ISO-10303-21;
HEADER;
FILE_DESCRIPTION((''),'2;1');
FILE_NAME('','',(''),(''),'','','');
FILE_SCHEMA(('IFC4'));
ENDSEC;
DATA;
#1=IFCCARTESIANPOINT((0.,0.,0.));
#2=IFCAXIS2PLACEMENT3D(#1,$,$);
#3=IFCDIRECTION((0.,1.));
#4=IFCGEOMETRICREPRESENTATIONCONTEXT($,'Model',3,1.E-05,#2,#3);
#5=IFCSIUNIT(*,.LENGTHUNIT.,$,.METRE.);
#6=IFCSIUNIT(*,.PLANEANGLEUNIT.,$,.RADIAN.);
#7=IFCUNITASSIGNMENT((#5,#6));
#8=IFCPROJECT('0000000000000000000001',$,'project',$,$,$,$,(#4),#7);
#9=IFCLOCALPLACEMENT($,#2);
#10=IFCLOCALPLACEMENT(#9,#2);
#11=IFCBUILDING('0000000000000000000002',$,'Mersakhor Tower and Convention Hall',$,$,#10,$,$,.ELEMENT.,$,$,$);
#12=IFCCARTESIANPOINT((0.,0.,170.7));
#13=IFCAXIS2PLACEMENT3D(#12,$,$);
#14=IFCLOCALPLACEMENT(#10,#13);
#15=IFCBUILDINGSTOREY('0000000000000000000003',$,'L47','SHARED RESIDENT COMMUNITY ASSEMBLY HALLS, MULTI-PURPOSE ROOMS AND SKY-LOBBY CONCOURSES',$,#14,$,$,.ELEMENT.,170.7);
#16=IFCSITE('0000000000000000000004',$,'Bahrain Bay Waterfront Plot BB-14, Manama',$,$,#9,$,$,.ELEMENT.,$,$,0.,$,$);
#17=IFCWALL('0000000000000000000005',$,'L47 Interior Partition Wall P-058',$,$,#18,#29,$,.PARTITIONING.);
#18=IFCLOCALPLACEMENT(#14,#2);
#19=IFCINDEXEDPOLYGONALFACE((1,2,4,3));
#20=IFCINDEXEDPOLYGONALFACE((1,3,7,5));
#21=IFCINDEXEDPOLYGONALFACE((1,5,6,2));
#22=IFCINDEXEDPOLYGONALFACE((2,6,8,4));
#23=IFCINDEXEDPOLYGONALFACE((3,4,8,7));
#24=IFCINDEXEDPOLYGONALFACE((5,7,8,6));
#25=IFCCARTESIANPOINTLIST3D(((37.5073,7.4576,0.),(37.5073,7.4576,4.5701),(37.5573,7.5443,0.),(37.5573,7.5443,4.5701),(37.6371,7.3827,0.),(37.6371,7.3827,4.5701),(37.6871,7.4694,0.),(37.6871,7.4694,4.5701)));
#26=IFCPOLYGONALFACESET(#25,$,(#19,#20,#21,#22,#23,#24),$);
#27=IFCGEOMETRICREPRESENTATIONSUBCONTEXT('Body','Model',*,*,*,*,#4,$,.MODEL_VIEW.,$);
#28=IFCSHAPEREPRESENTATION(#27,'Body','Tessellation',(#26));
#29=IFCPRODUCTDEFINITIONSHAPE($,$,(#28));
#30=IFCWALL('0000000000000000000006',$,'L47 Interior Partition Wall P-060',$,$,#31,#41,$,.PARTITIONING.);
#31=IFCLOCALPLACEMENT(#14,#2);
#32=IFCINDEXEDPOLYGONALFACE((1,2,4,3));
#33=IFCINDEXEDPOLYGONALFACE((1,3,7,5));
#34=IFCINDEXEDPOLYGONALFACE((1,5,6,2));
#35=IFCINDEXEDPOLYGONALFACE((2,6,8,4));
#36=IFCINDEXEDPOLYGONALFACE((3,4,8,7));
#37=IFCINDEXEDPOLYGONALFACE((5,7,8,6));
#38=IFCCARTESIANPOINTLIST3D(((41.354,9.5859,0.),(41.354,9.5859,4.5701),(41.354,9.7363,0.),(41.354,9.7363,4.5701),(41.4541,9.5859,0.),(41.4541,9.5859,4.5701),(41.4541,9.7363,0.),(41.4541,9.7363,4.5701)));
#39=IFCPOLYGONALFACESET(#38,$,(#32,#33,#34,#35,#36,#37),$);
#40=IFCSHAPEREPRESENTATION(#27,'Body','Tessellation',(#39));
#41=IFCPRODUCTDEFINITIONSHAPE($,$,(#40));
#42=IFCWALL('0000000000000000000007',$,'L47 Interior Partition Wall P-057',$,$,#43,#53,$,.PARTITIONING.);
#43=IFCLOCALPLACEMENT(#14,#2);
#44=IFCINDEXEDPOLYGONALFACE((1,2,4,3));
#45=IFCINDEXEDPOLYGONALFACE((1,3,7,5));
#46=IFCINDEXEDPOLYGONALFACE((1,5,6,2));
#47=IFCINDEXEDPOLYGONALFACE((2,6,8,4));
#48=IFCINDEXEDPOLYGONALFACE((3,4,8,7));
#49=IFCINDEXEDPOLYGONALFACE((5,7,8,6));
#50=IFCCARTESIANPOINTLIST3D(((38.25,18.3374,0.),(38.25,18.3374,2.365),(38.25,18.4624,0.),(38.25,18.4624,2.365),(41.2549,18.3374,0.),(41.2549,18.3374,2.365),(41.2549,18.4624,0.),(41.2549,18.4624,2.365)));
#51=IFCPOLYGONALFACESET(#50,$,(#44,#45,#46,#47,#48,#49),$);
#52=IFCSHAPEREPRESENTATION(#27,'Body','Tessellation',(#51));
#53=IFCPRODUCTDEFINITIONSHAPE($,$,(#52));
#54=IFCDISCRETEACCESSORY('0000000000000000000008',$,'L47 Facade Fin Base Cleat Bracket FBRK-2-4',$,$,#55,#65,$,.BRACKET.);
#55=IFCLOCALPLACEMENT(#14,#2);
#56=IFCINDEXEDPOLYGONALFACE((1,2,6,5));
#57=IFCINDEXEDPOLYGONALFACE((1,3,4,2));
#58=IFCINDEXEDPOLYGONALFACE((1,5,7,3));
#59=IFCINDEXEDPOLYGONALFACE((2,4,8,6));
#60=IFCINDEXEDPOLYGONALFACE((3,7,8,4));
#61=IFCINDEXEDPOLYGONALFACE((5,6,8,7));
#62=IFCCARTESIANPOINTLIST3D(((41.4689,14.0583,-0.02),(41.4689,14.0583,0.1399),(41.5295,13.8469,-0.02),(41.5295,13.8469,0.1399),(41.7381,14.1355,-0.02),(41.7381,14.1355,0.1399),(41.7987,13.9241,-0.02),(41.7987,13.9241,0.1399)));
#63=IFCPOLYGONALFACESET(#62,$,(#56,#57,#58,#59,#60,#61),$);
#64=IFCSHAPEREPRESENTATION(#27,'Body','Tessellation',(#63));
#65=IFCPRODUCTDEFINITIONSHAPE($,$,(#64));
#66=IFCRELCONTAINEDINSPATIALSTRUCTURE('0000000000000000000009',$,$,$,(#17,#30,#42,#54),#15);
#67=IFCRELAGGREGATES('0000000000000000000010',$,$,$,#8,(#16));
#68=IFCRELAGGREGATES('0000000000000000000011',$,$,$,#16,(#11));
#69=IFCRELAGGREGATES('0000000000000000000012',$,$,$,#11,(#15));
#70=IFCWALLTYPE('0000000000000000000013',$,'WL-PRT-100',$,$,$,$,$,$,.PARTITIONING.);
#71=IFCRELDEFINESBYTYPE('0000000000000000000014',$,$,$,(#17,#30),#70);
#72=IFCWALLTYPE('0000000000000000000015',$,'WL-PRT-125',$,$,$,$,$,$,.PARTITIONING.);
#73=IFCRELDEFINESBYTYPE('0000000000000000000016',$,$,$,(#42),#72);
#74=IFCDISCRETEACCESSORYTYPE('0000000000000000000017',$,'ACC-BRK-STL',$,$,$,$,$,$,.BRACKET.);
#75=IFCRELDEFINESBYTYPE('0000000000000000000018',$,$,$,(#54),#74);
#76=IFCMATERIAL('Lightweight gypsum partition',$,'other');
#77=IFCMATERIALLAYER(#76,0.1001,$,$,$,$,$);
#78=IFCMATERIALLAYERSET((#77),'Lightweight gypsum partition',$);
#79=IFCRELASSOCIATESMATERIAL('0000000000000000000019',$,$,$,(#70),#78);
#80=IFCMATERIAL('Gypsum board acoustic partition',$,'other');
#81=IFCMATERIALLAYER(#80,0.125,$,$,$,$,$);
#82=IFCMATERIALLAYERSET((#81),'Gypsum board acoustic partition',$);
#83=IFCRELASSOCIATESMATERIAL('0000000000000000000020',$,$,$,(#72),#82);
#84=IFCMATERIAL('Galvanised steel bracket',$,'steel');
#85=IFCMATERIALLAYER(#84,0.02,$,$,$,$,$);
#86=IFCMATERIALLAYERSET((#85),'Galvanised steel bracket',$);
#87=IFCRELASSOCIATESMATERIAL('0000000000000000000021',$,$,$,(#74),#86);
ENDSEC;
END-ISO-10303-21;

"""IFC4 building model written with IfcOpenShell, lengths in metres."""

from ifc_helpers import new_model, si_unit, direction, frame, frame_2d, origin, origin_2d, place, context, subcontext, project, spatial, rectangle, extrude, material, layer, layer_set, type_object, element, save


model = new_model("IFC4")

# Units and contexts
model_context = context("Model", 3, precision=1e-05, world=origin(), true_north=direction((0.0, 1.0)))
body_context = subcontext(model_context, "Body", "Model", "MODEL_VIEW")
ifc_project = project(units=[si_unit("LENGTHUNIT", "METRE"), si_unit("PLANEANGLEUNIT", "RADIAN")], contexts=[model_context])

# Site, building, storey
site_placement = place(None, origin())
site = spatial("IfcSite", under=ifc_project, at=site_placement, Name="Bahrain Bay Waterfront Plot BB-14, Manama", CompositionType="ELEMENT", RefElevation=0.0)
building_placement = place(site_placement, origin())
building = spatial("IfcBuilding", under=site, at=building_placement, Name="Mersakhor Tower and Convention Hall", CompositionType="ELEMENT")
storey_placement = place(building_placement, frame((0.0, 0.0, 170.7)))
storey = spatial("IfcBuildingStorey", under=building, at=storey_placement, Name="L47", Description="SHARED RESIDENT COMMUNITY ASSEMBLY HALLS, MULTI-PURPOSE ROOMS AND SKY-LOBBY CONCOURSES", CompositionType="ELEMENT", Elevation=170.7)

# Walls
ifc_material_1 = material(Name="Lightweight gypsum partition", Category="other")
ifc_layer_1 = layer(ifc_material_1, 0.1001)
ifc_layer_set_1 = layer_set([ifc_layer_1], Name="Lightweight gypsum partition")
wall_type_1 = type_object("IfcWallType", Name="WL-PRT-100", PredefinedType="PARTITIONING", material=ifc_layer_set_1)
wall_1_placement = place(storey_placement, frame((37.6621, 7.426, 0.0), z_axis=(0.0, 0.0, 1.0), x_axis=(-0.866131, 0.499816, 0.0)))
element("IfcWall", 1, at=wall_1_placement, inside=storey, type_object=wall_type_1, Name="L47 Interior Partition Wall P-058", PredefinedType="PARTITIONING", context=body_context, shape_type="SweptSolid", body=[
    extrude(rectangle(XDim=0.1499, YDim=0.1001, at=frame_2d((0.075, 0.0))), origin(), (0.0, 0.0, 1.0), 4.5701),
])
wall_2_placement = place(storey_placement, frame((41.4041, 9.7363, 0.0), z_axis=(0.0, 0.0, 1.0), x_axis=(0.0, -1.0, 0.0)))
element("IfcWall", 2, at=wall_2_placement, inside=storey, type_object=wall_type_1, Name="L47 Interior Partition Wall P-060", PredefinedType="PARTITIONING", context=body_context, shape_type="SweptSolid", body=[
    extrude(rectangle(XDim=0.1504, YDim=0.1001, at=frame_2d((0.0752, 0.0))), origin(), (0.0, 0.0, 1.0), 4.5701),
])
ifc_material_2 = material(Name="Gypsum board acoustic partition", Category="other")
ifc_layer_2 = layer(ifc_material_2, 0.125)
ifc_layer_set_2 = layer_set([ifc_layer_2], Name="Gypsum board acoustic partition")
wall_type_2 = type_object("IfcWallType", Name="WL-PRT-125", PredefinedType="PARTITIONING", material=ifc_layer_set_2)
wall_3_placement = place(storey_placement, frame((41.2549, 18.3999, 0.0), z_axis=(0.0, 0.0, 1.0), x_axis=(-1.0, 0.0, 0.0)))
element("IfcWall", 3, at=wall_3_placement, inside=storey, type_object=wall_type_2, Name="L47 Interior Partition Wall P-057", PredefinedType="PARTITIONING", context=body_context, shape_type="SweptSolid", body=[
    extrude(rectangle(XDim=3.0049, YDim=0.125, at=frame_2d((1.5024, 0.0))), origin(), (0.0, 0.0, 1.0), 2.365),
])

# Discrete accessory
ifc_material_3 = material(Name="Galvanised steel bracket", Category="steel")
ifc_layer_3 = layer(ifc_material_3, 0.02)
ifc_layer_set_3 = layer_set([ifc_layer_3], Name="Galvanised steel bracket")
discrete_accessory_type = type_object("IfcDiscreteAccessoryType", Name="ACC-BRK-STL", PredefinedType="BRACKET", material=ifc_layer_set_3)
discrete_accessory_placement = place(storey_placement, frame((41.6338, 13.9912, -0.02), z_axis=(0.0, 0.0, 1.0), x_axis=(0.961262, 0.275637, 0.0)))
element("IfcDiscreteAccessory", 4, at=discrete_accessory_placement, inside=storey, type_object=discrete_accessory_type, Name="L47 Facade Fin Base Cleat Bracket FBRK-2-4", PredefinedType="BRACKET", context=body_context, shape_type="SweptSolid", body=[
    extrude(rectangle(XDim=0.28, YDim=0.22, at=origin_2d()), origin(), (0.0, 0.0, 1.0), 0.1599),
])

save(model, "model.ifc")
